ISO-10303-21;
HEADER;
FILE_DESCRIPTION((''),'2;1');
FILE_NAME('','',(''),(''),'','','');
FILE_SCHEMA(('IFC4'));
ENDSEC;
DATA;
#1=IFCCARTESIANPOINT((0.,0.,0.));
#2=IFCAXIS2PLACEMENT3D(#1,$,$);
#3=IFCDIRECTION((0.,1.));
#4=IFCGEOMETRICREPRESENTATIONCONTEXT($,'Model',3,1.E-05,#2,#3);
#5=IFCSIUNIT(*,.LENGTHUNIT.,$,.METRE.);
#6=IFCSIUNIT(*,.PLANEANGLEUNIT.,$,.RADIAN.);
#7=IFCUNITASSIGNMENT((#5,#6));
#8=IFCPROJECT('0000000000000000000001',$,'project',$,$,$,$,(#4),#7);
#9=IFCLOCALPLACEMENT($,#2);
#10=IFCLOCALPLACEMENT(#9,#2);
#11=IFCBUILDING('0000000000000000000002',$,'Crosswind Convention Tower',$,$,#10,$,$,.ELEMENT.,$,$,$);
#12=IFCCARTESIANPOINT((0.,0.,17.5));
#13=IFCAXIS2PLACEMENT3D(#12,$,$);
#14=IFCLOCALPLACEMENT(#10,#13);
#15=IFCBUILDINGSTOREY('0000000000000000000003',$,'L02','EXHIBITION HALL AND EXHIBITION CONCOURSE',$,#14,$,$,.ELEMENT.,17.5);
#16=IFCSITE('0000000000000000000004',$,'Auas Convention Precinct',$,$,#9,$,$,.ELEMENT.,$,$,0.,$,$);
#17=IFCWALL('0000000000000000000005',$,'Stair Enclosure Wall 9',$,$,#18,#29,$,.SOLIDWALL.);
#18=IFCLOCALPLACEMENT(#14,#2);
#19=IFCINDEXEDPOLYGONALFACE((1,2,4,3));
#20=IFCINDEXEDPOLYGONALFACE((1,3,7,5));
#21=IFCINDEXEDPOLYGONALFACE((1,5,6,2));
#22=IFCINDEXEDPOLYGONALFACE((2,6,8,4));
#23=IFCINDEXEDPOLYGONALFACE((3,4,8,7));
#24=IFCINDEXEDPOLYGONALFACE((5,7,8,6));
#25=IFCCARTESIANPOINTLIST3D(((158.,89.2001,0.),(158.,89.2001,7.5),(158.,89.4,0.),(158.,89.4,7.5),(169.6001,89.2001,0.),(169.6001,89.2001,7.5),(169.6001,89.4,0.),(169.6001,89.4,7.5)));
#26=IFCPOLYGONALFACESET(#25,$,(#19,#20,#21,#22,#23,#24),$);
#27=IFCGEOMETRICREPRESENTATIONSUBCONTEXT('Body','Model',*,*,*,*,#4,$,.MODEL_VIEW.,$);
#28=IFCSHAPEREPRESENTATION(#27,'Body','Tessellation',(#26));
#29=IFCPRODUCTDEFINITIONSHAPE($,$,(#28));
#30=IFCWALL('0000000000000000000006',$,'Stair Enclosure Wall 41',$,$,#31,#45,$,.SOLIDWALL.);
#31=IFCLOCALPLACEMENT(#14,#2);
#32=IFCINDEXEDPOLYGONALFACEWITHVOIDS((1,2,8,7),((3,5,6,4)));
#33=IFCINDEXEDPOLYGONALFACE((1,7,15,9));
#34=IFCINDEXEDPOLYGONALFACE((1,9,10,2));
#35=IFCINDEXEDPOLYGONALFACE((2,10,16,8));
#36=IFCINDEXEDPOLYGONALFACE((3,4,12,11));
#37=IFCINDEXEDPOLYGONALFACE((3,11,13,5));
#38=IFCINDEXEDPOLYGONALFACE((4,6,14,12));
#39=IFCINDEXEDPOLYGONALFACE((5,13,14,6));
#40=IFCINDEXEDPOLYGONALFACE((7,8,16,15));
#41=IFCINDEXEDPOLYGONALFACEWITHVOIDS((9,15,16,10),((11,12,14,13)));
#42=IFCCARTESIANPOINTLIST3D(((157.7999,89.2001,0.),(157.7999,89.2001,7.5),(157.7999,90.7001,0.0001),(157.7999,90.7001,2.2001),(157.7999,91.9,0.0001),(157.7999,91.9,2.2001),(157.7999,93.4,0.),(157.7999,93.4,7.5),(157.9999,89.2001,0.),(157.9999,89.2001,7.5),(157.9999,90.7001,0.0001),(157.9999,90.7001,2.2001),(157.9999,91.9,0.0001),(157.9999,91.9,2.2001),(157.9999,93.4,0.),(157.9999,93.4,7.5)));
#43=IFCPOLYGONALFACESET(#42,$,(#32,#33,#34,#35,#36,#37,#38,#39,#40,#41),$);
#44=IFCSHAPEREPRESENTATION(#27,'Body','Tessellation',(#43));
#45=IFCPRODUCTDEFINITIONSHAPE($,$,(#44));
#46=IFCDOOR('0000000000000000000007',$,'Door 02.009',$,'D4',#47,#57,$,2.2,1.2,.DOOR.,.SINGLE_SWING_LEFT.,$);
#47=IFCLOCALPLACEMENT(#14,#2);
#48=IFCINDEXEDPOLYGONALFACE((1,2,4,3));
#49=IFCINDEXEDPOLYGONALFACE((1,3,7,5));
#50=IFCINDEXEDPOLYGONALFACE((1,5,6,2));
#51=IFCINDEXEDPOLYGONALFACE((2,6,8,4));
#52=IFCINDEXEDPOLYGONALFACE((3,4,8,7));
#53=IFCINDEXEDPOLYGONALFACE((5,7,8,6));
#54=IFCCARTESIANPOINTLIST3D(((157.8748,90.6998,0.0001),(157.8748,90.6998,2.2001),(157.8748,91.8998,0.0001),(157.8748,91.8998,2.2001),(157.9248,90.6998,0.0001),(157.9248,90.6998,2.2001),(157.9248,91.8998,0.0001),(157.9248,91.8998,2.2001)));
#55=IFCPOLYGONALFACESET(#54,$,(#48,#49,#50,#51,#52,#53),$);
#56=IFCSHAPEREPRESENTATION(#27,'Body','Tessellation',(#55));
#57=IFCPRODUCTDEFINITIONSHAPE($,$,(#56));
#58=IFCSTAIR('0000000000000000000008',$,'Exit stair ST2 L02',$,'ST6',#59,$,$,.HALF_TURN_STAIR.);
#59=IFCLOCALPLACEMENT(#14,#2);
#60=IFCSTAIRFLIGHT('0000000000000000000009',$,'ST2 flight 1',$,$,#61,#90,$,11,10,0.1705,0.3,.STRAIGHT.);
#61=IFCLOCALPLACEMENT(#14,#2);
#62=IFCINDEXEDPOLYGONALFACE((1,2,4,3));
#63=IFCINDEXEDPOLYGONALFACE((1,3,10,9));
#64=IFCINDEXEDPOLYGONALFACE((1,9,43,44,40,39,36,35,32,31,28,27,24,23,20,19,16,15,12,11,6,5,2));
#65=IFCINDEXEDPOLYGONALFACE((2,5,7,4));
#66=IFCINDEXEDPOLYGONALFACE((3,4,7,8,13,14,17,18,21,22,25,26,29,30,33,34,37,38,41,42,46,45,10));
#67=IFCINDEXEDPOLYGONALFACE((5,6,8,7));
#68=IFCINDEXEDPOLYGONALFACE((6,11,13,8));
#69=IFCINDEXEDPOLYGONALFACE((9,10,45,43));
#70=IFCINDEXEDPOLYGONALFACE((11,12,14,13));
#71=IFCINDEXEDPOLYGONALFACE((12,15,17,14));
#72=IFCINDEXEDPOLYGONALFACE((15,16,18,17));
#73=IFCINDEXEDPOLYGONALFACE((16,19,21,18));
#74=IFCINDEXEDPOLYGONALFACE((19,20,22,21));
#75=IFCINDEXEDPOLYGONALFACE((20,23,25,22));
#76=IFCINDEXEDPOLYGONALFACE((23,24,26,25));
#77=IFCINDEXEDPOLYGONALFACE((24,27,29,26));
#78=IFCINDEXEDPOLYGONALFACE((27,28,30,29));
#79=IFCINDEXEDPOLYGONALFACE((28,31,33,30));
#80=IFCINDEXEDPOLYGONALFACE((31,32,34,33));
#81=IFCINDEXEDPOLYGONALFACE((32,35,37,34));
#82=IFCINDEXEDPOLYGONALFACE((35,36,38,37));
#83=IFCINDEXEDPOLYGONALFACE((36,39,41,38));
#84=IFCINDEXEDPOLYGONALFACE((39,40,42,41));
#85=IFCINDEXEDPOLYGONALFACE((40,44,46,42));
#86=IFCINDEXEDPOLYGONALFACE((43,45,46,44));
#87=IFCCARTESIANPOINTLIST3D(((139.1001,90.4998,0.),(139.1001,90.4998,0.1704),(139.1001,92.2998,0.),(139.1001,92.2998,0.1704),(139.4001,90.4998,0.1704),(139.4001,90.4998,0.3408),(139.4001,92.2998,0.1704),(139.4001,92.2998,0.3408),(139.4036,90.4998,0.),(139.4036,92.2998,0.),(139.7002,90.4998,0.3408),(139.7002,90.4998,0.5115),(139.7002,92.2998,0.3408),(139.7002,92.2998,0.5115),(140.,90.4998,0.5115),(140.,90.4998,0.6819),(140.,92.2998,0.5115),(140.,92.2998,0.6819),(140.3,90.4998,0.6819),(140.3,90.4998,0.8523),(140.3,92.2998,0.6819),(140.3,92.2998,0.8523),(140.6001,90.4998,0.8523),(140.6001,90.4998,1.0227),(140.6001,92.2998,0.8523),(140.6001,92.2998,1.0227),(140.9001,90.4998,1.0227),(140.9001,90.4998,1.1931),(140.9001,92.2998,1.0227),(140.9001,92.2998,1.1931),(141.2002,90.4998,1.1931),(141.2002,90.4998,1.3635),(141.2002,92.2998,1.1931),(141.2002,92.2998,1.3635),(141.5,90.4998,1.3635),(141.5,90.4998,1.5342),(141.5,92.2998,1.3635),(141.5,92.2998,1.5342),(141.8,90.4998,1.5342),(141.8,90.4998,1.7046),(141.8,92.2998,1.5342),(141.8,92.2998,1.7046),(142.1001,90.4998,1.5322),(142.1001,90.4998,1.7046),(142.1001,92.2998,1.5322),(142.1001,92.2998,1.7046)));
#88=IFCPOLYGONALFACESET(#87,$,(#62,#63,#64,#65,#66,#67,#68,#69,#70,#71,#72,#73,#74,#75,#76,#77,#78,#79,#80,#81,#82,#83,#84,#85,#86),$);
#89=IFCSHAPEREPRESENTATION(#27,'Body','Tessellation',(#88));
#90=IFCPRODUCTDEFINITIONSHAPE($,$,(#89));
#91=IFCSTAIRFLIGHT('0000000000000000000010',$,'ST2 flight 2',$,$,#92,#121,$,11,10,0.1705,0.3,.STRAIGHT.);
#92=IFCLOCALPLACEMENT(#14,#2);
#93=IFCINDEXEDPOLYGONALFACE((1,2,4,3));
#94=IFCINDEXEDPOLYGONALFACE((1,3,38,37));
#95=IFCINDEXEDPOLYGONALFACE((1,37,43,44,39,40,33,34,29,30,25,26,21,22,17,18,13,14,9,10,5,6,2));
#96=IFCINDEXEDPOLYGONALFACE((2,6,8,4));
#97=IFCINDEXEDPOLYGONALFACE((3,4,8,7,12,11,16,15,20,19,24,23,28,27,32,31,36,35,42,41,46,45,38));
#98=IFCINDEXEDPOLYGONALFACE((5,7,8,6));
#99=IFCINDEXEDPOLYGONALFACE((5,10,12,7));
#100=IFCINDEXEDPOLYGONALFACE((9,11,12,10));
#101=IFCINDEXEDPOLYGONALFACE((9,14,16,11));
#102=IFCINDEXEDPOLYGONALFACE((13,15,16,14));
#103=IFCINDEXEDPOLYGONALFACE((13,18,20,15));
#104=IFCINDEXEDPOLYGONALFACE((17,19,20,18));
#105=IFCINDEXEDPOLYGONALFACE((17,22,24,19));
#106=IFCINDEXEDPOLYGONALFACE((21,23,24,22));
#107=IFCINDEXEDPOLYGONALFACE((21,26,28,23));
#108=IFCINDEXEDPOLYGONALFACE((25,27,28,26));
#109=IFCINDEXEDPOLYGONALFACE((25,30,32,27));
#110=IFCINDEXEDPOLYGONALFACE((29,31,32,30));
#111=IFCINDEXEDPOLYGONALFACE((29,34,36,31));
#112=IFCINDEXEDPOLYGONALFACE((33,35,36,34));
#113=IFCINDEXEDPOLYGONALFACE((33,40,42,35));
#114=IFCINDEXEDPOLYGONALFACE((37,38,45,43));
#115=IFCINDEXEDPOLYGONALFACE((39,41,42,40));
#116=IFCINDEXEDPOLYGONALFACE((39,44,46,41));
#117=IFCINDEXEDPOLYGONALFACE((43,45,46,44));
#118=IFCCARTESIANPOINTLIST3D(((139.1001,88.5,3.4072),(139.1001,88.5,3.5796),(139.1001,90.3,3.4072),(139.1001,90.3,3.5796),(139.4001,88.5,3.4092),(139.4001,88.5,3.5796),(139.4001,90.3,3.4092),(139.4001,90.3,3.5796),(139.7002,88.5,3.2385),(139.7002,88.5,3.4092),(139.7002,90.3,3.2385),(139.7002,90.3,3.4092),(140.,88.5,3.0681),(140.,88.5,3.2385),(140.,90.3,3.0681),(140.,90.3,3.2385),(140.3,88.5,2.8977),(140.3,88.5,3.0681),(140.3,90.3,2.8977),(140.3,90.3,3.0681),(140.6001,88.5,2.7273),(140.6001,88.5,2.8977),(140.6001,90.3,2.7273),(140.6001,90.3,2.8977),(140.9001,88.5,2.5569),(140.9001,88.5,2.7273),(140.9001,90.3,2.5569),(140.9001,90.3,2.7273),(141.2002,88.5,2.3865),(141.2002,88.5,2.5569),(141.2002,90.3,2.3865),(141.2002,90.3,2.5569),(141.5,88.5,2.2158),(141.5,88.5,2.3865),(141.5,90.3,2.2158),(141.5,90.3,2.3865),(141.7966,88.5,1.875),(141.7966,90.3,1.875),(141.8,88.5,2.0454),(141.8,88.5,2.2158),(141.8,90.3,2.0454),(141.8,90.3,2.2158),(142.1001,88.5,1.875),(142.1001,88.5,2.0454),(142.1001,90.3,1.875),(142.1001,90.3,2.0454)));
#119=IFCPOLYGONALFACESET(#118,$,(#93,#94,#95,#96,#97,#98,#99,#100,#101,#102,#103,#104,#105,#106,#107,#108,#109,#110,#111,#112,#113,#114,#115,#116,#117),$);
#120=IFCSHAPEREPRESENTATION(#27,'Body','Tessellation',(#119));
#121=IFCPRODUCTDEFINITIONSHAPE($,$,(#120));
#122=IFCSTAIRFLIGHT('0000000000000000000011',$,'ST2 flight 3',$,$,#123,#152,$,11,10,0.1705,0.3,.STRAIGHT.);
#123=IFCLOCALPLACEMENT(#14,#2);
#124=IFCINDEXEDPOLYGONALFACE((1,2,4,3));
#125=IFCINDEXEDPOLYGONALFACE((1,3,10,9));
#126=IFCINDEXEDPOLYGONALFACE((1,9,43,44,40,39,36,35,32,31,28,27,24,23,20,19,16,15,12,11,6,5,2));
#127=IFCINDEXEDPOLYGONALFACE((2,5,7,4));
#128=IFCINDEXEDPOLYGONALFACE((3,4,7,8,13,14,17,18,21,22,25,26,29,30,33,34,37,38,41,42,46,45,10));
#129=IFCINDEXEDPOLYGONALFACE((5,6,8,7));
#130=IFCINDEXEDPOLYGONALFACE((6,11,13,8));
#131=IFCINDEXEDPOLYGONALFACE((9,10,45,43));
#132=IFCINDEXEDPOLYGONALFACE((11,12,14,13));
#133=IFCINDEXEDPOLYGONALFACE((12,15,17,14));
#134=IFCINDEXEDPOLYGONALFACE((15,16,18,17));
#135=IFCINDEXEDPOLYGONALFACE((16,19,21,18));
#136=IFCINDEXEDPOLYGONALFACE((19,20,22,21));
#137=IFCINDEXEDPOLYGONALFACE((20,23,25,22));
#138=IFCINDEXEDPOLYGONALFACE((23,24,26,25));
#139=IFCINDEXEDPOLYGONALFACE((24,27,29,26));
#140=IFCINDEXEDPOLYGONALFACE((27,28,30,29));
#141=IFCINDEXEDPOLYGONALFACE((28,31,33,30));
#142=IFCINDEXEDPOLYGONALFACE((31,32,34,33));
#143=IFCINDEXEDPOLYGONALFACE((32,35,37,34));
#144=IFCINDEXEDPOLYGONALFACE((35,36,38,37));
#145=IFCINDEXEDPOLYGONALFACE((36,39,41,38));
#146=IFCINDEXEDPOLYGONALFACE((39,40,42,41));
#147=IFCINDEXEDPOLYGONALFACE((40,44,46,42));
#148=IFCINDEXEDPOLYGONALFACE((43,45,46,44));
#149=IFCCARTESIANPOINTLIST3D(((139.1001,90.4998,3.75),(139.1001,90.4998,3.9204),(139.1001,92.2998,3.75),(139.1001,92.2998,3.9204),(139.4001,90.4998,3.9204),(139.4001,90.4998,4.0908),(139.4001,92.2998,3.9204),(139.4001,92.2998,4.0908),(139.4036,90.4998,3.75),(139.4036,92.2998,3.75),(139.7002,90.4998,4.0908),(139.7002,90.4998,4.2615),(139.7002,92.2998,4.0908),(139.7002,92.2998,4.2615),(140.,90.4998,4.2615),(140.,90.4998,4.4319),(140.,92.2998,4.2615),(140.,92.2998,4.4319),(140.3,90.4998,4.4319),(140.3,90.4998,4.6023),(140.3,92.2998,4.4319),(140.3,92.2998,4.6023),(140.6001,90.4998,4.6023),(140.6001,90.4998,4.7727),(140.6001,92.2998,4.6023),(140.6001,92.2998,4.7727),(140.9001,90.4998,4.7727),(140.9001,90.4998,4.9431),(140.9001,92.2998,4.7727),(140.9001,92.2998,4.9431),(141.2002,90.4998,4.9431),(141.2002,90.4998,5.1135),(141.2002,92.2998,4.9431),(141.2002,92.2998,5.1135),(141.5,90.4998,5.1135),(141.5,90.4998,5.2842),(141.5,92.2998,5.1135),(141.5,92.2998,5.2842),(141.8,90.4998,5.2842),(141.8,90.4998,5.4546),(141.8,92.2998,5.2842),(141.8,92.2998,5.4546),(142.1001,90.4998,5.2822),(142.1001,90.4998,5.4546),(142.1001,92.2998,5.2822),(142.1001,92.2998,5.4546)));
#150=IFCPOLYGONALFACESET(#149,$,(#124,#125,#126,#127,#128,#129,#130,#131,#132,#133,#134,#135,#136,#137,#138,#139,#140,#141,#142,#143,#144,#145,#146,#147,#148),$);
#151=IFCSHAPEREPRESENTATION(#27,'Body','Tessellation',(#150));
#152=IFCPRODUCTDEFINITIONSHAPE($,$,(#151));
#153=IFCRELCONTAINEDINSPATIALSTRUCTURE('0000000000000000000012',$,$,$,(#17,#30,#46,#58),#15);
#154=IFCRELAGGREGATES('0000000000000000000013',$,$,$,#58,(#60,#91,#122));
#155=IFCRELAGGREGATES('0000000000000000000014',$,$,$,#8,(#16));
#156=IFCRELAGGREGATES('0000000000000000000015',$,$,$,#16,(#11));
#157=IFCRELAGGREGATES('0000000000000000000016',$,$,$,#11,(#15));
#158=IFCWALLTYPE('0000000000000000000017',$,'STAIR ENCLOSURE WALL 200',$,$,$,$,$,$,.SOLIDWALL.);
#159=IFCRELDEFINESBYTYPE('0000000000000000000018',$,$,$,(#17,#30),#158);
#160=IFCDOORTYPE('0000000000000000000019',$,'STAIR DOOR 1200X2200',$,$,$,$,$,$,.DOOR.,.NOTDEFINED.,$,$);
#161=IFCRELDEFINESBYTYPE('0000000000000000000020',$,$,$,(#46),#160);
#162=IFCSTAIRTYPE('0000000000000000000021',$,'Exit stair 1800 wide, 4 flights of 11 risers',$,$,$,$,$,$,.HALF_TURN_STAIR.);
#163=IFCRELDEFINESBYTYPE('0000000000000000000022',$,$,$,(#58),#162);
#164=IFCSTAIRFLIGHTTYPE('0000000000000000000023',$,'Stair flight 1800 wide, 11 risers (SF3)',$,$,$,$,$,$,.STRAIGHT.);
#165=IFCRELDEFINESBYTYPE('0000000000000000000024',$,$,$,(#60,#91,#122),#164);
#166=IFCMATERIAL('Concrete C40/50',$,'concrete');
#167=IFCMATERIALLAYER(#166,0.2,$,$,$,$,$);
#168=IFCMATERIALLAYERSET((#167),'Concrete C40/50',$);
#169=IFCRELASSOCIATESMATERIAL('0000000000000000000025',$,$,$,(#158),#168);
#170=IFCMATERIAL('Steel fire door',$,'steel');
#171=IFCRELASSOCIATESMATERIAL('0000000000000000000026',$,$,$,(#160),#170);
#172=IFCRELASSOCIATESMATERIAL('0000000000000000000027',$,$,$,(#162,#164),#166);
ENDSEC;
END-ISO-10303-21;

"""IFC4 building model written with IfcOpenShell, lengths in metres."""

from ifc_helpers import new_model, si_unit, direction, frame, frame_2d, origin, place, context, subcontext, project, spatial, polyline, rectangle, outline, extrude, material, layer, layer_set, type_object, element, fill, aggregate, save


model = new_model("IFC4")

# Units and contexts
model_context = context("Model", 3, precision=1e-05, world=origin(), true_north=direction((0.0, 1.0)))
body_context = subcontext(model_context, "Body", "Model", "MODEL_VIEW")
ifc_project = project(units=[si_unit("LENGTHUNIT", "METRE"), si_unit("PLANEANGLEUNIT", "RADIAN")], contexts=[model_context])

# Site, building, storey
site_placement = place(None, origin())
site = spatial("IfcSite", under=ifc_project, at=site_placement, Name="Auas Convention Precinct", CompositionType="ELEMENT", RefElevation=0.0)
building_placement = place(site_placement, origin())
building = spatial("IfcBuilding", under=site, at=building_placement, Name="Crosswind Convention Tower", CompositionType="ELEMENT")
storey_placement = place(building_placement, frame((0.0, 0.0, 17.5)))
storey = spatial("IfcBuildingStorey", under=building, at=storey_placement, Name="L02", Description="EXHIBITION HALL AND EXHIBITION CONCOURSE", CompositionType="ELEMENT", Elevation=17.5)

# Shared definitions
ifc_material_1 = material(Name="Steel fire door", Category="steel")

# Wall
ifc_material_2 = material(Name="Concrete C40/50", Category="concrete")
ifc_layer_1 = layer(ifc_material_2, 0.2)
ifc_layer_set_1 = layer_set([ifc_layer_1], Name="Concrete C40/50")
wall_type_1 = type_object("IfcWallType", Name="STAIR ENCLOSURE WALL 200", PredefinedType="SOLIDWALL", material=ifc_layer_set_1)
wall_1_placement = place(storey_placement, frame((158.0, 89.3, 0.0), z_axis=(0.0, 0.0, 1.0), x_axis=(1.0, 0.0, 0.0)))
element("IfcWall", 1, at=wall_1_placement, inside=storey, type_object=wall_type_1, Name="Stair Enclosure Wall 9", PredefinedType="SOLIDWALL", context=body_context, shape_type="SweptSolid", body=[
    extrude(rectangle(XDim=11.6001, YDim=0.2, at=frame_2d((5.8, 0.0))), origin(), (0.0, 0.0, 1.0), 7.5),
])

# Wall, opening, door
wall_2_placement = place(storey_placement, frame((157.8999, 89.2, 0.0), z_axis=(0.0, 0.0, 1.0), x_axis=(0.0, 1.0, 0.0)))
wall_2 = element("IfcWall", 2, at=wall_2_placement, inside=storey, type_object=wall_type_1, Name="Stair Enclosure Wall 41", PredefinedType="SOLIDWALL", context=body_context, shape_type="SweptSolid", body=[
    extrude(rectangle(XDim=4.2, YDim=0.2, at=frame_2d((2.1001, 0.0))), origin(), (0.0, 0.0, 1.0), 7.5),
])
opening_1_placement = place(wall_2_placement, frame((1.5, 0.0, 0.0)))
opening_1 = element("IfcOpeningElement", 3, at=opening_1_placement, cuts=wall_2, PredefinedType="OPENING", context=body_context, shape_type="SweptSolid", body=[
    extrude(rectangle(XDim=1.2, YDim=2.2, at=frame_2d((0.6001, 1.1001))), frame((0.0, 0.1099, 0.0), z_axis=(0.0, -1.0, 0.0), x_axis=(1.0, 0.0, 0.0)), (0.0, 0.0, 1.0), 0.22),
])
door_type_1 = type_object("IfcDoorType", Name="STAIR DOOR 1200X2200", OperationType="NOTDEFINED", PredefinedType="DOOR", material=ifc_material_1)
door_1_placement = place(opening_1_placement, frame((1.2, 0.0, 0.0), z_axis=(0.0, 0.0, 1.0), x_axis=(-1.0, 0.0, 0.0)))
door_1 = element("IfcDoor", 4, at=door_1_placement, inside=storey, type_object=door_type_1, Name="Door 02.009", ObjectType="D4", OperationType="SINGLE_SWING_LEFT", OverallHeight=2.2, OverallWidth=1.2, PredefinedType="DOOR", context=body_context, shape_type="SweptSolid", body=[
    extrude(rectangle(XDim=1.2, YDim=2.2, at=frame_2d((0.6001, 1.1001))), frame((0.0, 0.0249, 0.0), z_axis=(0.0, -1.0, 0.0), x_axis=(1.0, 0.0, 0.0)), (0.0, 0.0, 1.0), 0.05),
])
fill(opening_1, door_1)

# Stair, stair flights
stair_type = type_object("IfcStairType", Name="Exit stair 1800 wide, 4 flights of 11 risers", PredefinedType="HALF_TURN_STAIR", material=ifc_material_2)
stair_placement = place(storey_placement, origin())
stair = element("IfcStair", 5, at=stair_placement, inside=storey, type_object=stair_type, Name="Exit stair ST2 L02", ObjectType="ST6", PredefinedType="HALF_TURN_STAIR")
stair_flight_type = type_object("IfcStairFlightType", Name="Stair flight 1800 wide, 11 risers (SF3)", PredefinedType="STRAIGHT", material=ifc_material_2)
stair_flight_1_placement = place(storey_placement, frame((139.1001, 91.3999, 0.0), z_axis=(0.0, 0.0, 1.0), x_axis=(1.0, 0.0, 0.0)))
stair_flight_1 = element("IfcStairFlight", 6, at=stair_flight_1_placement, type_object=stair_flight_type, Name="ST2 flight 1", NumberOfRisers=11, NumberOfTreads=10, PredefinedType="STRAIGHT", RiserHeight=0.1705, TreadLength=0.3, context=body_context, shape_type="SweptSolid", body=[
    extrude(outline(polyline([(0.0, 0.0), (0.0, 0.1704), (0.3, 0.1704), (0.3, 0.3408), (0.6001, 0.3408), (0.6001, 0.5115), (0.8999, 0.5115), (0.8999, 0.6819), (1.2, 0.6819), (1.2, 0.8523), (1.5, 0.8523), (1.5, 1.0227), (1.8, 1.0227), (1.8, 1.1931), (2.1001, 1.1931), (2.1001, 1.3635), (2.3999, 1.3635), (2.3999, 1.5342), (2.7, 1.5342), (2.7, 1.7046), (3.0, 1.7046), (3.0, 1.875), (3.0, 1.5322), (0.3035, 0.0), (0.0, 0.0)])), frame((0.0, 0.8999, 0.0), z_axis=(0.0, -1.0, 0.0), x_axis=(1.0, 0.0, 0.0)), (0.0, 0.0, 1.0), 1.8),
])
stair_flight_2_placement = place(storey_placement, frame((142.1001, 89.3999, 1.875), z_axis=(0.0, 0.0, 1.0), x_axis=(-1.0, 0.0, 0.0)))
stair_flight_2 = element("IfcStairFlight", 7, at=stair_flight_2_placement, type_object=stair_flight_type, Name="ST2 flight 2", NumberOfRisers=11, NumberOfTreads=10, PredefinedType="STRAIGHT", RiserHeight=0.1705, TreadLength=0.3, context=body_context, shape_type="SweptSolid", body=[
    extrude(outline(polyline([(0.0, 0.0), (0.0, 0.1704), (0.3, 0.1704), (0.3, 0.3408), (0.6001, 0.3408), (0.6001, 0.5115), (0.8999, 0.5115), (0.8999, 0.6819), (1.2, 0.6819), (1.2, 0.8523), (1.5, 0.8523), (1.5, 1.0227), (1.8, 1.0227), (1.8, 1.1931), (2.1001, 1.1931), (2.1001, 1.3635), (2.3999, 1.3635), (2.3999, 1.5342), (2.7, 1.5342), (2.7, 1.7046), (3.0, 1.7046), (3.0, 1.875), (3.0, 1.5322), (0.3035, 0.0), (0.0, 0.0)])), frame((0.0, 0.8999, 0.0), z_axis=(0.0, -1.0, 0.0), x_axis=(1.0, 0.0, 0.0)), (0.0, 0.0, 1.0), 1.8),
])
stair_flight_3_placement = place(storey_placement, frame((139.1001, 91.3999, 3.75), z_axis=(0.0, 0.0, 1.0), x_axis=(1.0, 0.0, 0.0)))
stair_flight_3 = element("IfcStairFlight", 8, at=stair_flight_3_placement, type_object=stair_flight_type, Name="ST2 flight 3", NumberOfRisers=11, NumberOfTreads=10, PredefinedType="STRAIGHT", RiserHeight=0.1705, TreadLength=0.3, context=body_context, shape_type="SweptSolid", body=[
    extrude(outline(polyline([(0.0, 0.0), (0.0, 0.1704), (0.3, 0.1704), (0.3, 0.3408), (0.6001, 0.3408), (0.6001, 0.5115), (0.8999, 0.5115), (0.8999, 0.6819), (1.2, 0.6819), (1.2, 0.8523), (1.5, 0.8523), (1.5, 1.0227), (1.8, 1.0227), (1.8, 1.1931), (2.1001, 1.1931), (2.1001, 1.3635), (2.3999, 1.3635), (2.3999, 1.5342), (2.7, 1.5342), (2.7, 1.7046), (3.0, 1.7046), (3.0, 1.875), (3.0, 1.5322), (0.3035, 0.0), (0.0, 0.0)])), frame((0.0, 0.8999, 0.0), z_axis=(0.0, -1.0, 0.0), x_axis=(1.0, 0.0, 0.0)), (0.0, 0.0, 1.0), 1.8),
])
aggregate(stair, [stair_flight_1, stair_flight_2, stair_flight_3])

save(model, "model.ifc")
